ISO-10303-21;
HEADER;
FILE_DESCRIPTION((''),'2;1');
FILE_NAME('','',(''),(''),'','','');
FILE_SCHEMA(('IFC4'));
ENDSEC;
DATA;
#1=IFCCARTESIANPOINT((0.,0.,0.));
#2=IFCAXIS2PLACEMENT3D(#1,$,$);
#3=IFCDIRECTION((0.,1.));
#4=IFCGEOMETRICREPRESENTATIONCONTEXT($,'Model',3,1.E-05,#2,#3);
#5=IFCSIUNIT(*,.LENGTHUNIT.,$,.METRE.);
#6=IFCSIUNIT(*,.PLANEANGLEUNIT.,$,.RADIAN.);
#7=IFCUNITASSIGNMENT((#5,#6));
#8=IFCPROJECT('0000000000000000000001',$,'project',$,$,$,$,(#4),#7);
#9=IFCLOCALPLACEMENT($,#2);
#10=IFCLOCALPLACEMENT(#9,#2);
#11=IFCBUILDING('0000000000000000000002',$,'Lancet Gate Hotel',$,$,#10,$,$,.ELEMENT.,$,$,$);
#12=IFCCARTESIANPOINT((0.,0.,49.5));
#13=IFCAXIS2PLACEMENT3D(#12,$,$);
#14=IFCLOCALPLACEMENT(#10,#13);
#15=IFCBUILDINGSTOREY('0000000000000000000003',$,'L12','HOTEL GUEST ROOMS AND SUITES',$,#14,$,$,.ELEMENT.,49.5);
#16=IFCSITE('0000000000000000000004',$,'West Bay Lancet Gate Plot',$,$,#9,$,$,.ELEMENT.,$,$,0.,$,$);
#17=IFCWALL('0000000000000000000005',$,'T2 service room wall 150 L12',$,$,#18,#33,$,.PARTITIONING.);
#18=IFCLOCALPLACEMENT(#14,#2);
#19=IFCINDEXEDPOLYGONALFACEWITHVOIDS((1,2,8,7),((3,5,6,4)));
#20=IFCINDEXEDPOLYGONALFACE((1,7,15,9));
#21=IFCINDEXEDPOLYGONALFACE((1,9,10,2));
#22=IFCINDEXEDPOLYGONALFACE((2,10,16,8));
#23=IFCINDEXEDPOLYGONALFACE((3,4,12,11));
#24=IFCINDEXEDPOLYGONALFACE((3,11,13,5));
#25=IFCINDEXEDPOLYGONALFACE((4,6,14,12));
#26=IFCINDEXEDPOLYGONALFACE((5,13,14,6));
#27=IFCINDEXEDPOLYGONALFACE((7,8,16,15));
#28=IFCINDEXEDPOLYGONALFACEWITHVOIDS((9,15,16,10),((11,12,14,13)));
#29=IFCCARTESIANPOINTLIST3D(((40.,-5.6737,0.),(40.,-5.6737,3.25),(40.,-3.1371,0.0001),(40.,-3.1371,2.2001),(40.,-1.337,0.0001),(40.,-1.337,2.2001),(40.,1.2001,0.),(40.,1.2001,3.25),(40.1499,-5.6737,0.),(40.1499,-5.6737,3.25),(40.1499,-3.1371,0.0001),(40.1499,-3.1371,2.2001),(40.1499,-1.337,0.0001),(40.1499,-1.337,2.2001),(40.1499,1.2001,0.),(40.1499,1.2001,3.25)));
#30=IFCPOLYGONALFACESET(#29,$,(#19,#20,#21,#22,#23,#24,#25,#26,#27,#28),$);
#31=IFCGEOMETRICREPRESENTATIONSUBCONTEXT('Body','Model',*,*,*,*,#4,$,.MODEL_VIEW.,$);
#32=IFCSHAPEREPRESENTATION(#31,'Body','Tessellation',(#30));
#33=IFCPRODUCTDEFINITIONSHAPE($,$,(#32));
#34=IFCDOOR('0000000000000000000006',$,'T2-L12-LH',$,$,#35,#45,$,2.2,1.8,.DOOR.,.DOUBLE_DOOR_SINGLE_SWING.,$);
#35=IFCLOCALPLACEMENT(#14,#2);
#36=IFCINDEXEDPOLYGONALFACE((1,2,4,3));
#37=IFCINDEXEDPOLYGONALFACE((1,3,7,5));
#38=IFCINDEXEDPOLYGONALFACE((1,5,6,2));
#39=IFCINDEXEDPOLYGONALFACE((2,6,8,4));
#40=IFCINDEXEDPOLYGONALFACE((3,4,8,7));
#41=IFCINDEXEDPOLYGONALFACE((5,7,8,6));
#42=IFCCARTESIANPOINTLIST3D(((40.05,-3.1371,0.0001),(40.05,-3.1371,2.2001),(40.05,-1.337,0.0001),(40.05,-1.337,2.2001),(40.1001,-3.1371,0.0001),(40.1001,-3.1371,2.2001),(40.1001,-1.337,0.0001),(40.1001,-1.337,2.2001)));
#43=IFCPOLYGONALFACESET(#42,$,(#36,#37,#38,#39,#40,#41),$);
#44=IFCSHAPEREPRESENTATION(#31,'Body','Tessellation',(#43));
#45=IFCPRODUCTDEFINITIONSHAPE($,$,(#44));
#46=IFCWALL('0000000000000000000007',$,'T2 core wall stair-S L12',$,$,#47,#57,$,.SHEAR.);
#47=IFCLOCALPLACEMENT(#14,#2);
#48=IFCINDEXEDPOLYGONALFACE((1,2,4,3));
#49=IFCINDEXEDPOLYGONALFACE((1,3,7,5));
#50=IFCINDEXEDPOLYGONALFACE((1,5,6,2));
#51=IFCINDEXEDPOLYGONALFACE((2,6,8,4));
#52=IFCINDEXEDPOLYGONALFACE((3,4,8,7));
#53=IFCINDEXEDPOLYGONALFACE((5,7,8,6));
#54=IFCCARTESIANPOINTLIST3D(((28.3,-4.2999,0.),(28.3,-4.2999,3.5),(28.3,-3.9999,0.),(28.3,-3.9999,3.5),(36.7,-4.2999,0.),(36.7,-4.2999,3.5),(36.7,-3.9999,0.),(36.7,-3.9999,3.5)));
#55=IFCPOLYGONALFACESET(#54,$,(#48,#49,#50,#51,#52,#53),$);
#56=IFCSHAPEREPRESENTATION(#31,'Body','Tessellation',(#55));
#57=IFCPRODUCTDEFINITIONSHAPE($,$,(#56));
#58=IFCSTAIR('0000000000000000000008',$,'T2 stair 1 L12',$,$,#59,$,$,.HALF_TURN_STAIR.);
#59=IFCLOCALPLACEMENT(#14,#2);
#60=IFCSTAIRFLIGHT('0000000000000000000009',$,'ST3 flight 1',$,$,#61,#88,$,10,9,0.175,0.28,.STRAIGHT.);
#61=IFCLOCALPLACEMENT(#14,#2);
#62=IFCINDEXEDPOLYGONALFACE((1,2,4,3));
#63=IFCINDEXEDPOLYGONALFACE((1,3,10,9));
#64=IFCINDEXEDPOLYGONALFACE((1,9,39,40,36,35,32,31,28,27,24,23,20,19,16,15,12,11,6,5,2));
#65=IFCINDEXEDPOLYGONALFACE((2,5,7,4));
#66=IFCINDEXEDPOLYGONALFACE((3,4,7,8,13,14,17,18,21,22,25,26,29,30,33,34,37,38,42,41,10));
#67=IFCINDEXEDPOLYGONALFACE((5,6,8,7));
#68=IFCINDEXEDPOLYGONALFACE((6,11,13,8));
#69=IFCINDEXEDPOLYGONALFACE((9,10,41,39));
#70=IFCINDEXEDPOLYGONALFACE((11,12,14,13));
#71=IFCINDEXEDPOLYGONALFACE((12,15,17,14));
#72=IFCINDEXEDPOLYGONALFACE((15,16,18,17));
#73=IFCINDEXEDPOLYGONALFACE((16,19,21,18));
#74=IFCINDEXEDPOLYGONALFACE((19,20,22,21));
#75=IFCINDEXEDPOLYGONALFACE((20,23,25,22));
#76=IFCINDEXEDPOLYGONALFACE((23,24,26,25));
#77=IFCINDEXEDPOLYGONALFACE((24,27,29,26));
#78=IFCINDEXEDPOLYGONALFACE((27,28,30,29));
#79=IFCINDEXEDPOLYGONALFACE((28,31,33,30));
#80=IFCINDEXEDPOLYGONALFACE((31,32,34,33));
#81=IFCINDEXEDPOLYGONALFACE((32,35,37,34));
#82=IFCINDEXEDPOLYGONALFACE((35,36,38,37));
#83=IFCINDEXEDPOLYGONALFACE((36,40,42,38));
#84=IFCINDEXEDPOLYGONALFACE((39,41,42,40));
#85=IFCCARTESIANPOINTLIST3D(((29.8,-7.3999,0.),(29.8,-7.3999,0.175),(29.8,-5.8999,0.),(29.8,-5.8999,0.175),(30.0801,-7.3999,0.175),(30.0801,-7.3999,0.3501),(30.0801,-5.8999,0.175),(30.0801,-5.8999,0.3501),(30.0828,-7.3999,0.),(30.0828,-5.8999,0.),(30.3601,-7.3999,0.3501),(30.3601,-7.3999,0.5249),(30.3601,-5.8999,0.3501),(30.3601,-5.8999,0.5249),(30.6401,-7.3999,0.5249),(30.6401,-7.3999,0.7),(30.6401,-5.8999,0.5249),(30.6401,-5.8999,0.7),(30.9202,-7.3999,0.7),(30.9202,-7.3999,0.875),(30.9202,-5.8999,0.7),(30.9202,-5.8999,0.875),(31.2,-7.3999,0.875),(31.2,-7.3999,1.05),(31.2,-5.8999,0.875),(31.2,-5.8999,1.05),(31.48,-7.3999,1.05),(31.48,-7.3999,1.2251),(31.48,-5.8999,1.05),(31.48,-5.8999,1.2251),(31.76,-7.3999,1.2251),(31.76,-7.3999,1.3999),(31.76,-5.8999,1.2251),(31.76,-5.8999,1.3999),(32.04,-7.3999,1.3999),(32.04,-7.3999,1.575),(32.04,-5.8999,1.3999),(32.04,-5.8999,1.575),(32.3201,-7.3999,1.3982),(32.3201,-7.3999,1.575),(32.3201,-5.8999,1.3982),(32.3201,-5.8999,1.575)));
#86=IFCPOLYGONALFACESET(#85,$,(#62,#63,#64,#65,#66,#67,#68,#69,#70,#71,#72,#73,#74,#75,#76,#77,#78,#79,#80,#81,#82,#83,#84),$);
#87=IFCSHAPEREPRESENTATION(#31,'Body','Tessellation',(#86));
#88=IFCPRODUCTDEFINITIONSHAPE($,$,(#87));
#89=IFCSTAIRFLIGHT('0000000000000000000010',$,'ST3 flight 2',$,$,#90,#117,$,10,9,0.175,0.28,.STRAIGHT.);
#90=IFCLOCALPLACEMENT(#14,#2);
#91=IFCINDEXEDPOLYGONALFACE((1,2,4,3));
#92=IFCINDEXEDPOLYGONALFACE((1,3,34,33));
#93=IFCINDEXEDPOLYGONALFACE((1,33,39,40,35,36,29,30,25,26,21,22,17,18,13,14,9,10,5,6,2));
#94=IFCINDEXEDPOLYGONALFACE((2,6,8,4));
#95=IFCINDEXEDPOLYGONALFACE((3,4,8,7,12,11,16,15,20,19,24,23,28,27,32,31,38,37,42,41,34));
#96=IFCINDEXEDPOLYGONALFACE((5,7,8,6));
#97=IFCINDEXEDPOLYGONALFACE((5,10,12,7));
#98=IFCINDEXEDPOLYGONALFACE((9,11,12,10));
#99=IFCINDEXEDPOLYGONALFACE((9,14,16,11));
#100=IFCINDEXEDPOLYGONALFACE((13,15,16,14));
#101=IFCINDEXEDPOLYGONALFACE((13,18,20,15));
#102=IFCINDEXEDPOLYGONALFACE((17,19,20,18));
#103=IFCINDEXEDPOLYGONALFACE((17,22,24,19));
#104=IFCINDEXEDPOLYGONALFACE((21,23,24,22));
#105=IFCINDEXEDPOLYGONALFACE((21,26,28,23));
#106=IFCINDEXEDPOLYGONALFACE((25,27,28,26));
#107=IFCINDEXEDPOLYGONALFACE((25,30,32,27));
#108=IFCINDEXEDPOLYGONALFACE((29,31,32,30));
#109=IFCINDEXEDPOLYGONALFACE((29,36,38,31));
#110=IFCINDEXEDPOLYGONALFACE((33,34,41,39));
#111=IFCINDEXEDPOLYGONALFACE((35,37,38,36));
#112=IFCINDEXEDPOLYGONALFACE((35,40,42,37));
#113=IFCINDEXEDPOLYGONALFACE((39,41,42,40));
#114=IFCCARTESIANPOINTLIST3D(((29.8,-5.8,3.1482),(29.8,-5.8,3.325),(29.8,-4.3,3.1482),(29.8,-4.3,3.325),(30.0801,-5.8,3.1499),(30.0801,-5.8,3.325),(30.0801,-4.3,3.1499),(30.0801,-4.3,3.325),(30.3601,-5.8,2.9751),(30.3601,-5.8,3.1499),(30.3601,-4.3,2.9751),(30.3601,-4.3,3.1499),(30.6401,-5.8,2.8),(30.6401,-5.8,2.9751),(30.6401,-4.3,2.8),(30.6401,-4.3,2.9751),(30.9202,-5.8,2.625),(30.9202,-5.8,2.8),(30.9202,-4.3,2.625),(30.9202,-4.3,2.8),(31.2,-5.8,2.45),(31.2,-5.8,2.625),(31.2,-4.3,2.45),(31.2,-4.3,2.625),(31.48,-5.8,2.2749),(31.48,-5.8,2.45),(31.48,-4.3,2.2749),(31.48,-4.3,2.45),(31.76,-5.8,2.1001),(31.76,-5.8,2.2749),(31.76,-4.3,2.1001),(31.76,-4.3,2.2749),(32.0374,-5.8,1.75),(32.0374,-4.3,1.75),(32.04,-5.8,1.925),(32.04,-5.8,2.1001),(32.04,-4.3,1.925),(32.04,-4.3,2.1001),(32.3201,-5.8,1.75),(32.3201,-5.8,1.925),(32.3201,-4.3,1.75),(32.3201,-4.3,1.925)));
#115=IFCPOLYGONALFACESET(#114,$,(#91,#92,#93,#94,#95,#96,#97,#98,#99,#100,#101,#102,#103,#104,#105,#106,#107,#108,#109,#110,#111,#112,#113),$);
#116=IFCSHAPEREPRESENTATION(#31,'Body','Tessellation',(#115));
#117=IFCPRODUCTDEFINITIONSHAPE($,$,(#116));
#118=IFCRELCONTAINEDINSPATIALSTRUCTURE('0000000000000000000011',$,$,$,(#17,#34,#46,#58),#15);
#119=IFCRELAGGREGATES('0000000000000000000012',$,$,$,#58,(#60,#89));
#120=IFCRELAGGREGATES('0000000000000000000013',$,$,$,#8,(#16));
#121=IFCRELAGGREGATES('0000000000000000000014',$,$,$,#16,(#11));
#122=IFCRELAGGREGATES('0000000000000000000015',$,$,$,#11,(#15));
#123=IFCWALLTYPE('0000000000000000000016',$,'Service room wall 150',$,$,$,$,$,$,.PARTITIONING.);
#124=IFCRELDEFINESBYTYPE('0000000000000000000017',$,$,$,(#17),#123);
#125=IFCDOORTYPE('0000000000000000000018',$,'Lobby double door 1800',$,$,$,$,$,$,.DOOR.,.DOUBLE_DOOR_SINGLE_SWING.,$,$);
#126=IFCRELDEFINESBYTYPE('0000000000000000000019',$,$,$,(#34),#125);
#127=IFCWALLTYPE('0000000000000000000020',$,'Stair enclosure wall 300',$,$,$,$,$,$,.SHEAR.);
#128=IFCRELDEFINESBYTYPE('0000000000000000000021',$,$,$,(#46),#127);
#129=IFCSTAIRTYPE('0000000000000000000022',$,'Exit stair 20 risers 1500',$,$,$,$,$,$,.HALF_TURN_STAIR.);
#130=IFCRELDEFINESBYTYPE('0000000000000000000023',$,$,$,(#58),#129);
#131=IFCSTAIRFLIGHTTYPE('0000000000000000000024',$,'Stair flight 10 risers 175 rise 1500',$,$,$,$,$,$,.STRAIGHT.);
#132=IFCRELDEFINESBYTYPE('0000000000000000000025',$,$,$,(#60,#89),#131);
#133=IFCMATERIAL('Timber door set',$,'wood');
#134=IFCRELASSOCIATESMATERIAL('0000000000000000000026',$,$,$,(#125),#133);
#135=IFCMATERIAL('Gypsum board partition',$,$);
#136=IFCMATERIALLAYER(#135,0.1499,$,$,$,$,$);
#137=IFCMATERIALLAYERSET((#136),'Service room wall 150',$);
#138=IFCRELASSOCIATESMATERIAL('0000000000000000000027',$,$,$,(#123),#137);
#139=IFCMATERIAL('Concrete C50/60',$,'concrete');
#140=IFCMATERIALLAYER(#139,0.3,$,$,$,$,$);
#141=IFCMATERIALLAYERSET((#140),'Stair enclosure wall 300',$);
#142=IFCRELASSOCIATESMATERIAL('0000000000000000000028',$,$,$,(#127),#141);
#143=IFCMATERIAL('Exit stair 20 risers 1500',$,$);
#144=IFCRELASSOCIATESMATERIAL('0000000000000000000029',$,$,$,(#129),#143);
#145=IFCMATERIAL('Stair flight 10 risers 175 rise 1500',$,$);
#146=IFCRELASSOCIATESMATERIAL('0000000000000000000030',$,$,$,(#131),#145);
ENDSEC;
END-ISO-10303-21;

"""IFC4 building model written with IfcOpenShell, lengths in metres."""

from ifc_helpers import new_model, si_unit, direction, frame, frame_2d, origin, place, context, subcontext, project, spatial, polyline, rectangle, outline, extrude, material, layer, layer_set, type_object, element, fill, aggregate, save


model = new_model("IFC4")

# Units and contexts
model_context = context("Model", 3, precision=1e-05, world=origin(), true_north=direction((0.0, 1.0)))
body_context = subcontext(model_context, "Body", "Model", "MODEL_VIEW")
ifc_project = project(units=[si_unit("LENGTHUNIT", "METRE"), si_unit("PLANEANGLEUNIT", "RADIAN")], contexts=[model_context])

# Site, building, storey
site_placement = place(None, origin())
site = spatial("IfcSite", under=ifc_project, at=site_placement, Name="West Bay Lancet Gate Plot", CompositionType="ELEMENT", RefElevation=0.0)
building_placement = place(site_placement, origin())
building = spatial("IfcBuilding", under=site, at=building_placement, Name="Lancet Gate Hotel", CompositionType="ELEMENT")
storey_placement = place(building_placement, frame((0.0, 0.0, 49.5)))
storey = spatial("IfcBuildingStorey", under=building, at=storey_placement, Name="L12", Description="HOTEL GUEST ROOMS AND SUITES", CompositionType="ELEMENT", Elevation=49.5)

# Shared definitions
ifc_material_1 = material(Name="Timber door set", Category="wood")
door_type_1 = type_object("IfcDoorType", Name="Lobby double door 1800", OperationType="DOUBLE_DOOR_SINGLE_SWING", PredefinedType="DOOR", material=ifc_material_1)

# Wall, opening, door
ifc_material_2 = material(Name="Gypsum board partition")
ifc_layer_1 = layer(ifc_material_2, 0.1499)
ifc_layer_set_1 = layer_set([ifc_layer_1], Name="Service room wall 150")
wall_type_1 = type_object("IfcWallType", Name="Service room wall 150", PredefinedType="PARTITIONING", material=ifc_layer_set_1)
wall_1_placement = place(storey_placement, frame((40.075, -5.6738, 0.0), z_axis=(0.0, 0.0, 1.0), x_axis=(0.0, 1.0, 0.0)))
wall_1 = element("IfcWall", 1, at=wall_1_placement, inside=storey, type_object=wall_type_1, Name="T2 service room wall 150 L12", PredefinedType="PARTITIONING", context=body_context, shape_type="SweptSolid", body=[
    extrude(rectangle(XDim=6.8738, YDim=0.1499, at=frame_2d((3.437, 0.0))), origin(), (0.0, 0.0, 1.0), 3.25),
])
opening_1_placement = place(wall_1_placement, frame((2.5369, 0.0, 0.0)))
opening_1 = element("IfcOpeningElement", 2, at=opening_1_placement, cuts=wall_1, PredefinedType="OPENING", context=body_context, shape_type="SweptSolid", body=[
    extrude(rectangle(XDim=1.8, YDim=2.2, at=frame_2d((0.8999, 1.1001))), frame((0.0, 0.085, 0.0), z_axis=(0.0, -1.0, 0.0), x_axis=(1.0, 0.0, 0.0)), (0.0, 0.0, 1.0), 0.1699),
])
door_1_placement = place(opening_1_placement, origin())
door_1 = element("IfcDoor", 3, at=door_1_placement, inside=storey, type_object=door_type_1, Name="T2-L12-LH", OperationType="DOUBLE_DOOR_SINGLE_SWING", OverallHeight=2.2, OverallWidth=1.8, PredefinedType="DOOR", context=body_context, shape_type="SweptSolid", body=[
    extrude(rectangle(XDim=1.8, YDim=2.2, at=frame_2d((0.8999, 1.1001))), frame((0.0, 0.0249, 0.0), z_axis=(0.0, -1.0, 0.0), x_axis=(1.0, 0.0, 0.0)), (0.0, 0.0, 1.0), 0.05),
])
fill(opening_1, door_1)

# Wall
ifc_material_3 = material(Name="Concrete C50/60", Category="concrete")
ifc_layer_2 = layer(ifc_material_3, 0.3)
ifc_layer_set_2 = layer_set([ifc_layer_2], Name="Stair enclosure wall 300")
wall_type_2 = type_object("IfcWallType", Name="Stair enclosure wall 300", PredefinedType="SHEAR", material=ifc_layer_set_2)
wall_2_placement = place(storey_placement, frame((28.3, -4.1499, 0.0), z_axis=(0.0, 0.0, 1.0), x_axis=(1.0, 0.0, 0.0)))
element("IfcWall", 4, at=wall_2_placement, inside=storey, type_object=wall_type_2, Name="T2 core wall stair-S L12", PredefinedType="SHEAR", context=body_context, shape_type="SweptSolid", body=[
    extrude(rectangle(XDim=8.3999, YDim=0.3, at=frame_2d((4.2, 0.0))), origin(), (0.0, 0.0, 1.0), 3.5),
])

# Stair, stair flights
ifc_material_4 = material(Name="Exit stair 20 risers 1500")
stair_type = type_object("IfcStairType", Name="Exit stair 20 risers 1500", PredefinedType="HALF_TURN_STAIR", material=ifc_material_4)
stair_placement = place(storey_placement, origin())
stair = element("IfcStair", 5, at=stair_placement, inside=storey, type_object=stair_type, Name="T2 stair 1 L12", PredefinedType="HALF_TURN_STAIR")
ifc_material_5 = material(Name="Stair flight 10 risers 175 rise 1500")
stair_flight_type = type_object("IfcStairFlightType", Name="Stair flight 10 risers 175 rise 1500", PredefinedType="STRAIGHT", material=ifc_material_5)
stair_flight_1_placement = place(storey_placement, frame((29.8, -6.6499, 0.0), z_axis=(0.0, 0.0, 1.0), x_axis=(1.0, 0.0, 0.0)))
stair_flight_1 = element("IfcStairFlight", 6, at=stair_flight_1_placement, type_object=stair_flight_type, Name="ST3 flight 1", NumberOfRisers=10, NumberOfTreads=9, PredefinedType="STRAIGHT", RiserHeight=0.175, TreadLength=0.28, context=body_context, shape_type="SweptSolid", body=[
    extrude(outline(polyline([(0.0, 0.0), (0.0, 0.175), (0.28, 0.175), (0.28, 0.3501), (0.5601, 0.3501), (0.5601, 0.5249), (0.8401, 0.5249), (0.8401, 0.7), (1.1201, 0.7), (1.1201, 0.875), (1.3999, 0.875), (1.3999, 1.05), (1.6799, 1.05), (1.6799, 1.2251), (1.96, 1.2251), (1.96, 1.3999), (2.24, 1.3999), (2.24, 1.575), (2.52, 1.575), (2.52, 1.75), (2.52, 1.3982), (0.2827, 0.0), (0.0, 0.0)])), frame((0.0, 0.75, 0.0), z_axis=(0.0, -1.0, 0.0), x_axis=(1.0, 0.0, 0.0)), (0.0, 0.0, 1.0), 1.5),
])
stair_flight_2_placement = place(storey_placement, frame((32.3201, -5.05, 1.75), z_axis=(0.0, 0.0, 1.0), x_axis=(-1.0, 0.0, 0.0)))
stair_flight_2 = element("IfcStairFlight", 7, at=stair_flight_2_placement, type_object=stair_flight_type, Name="ST3 flight 2", NumberOfRisers=10, NumberOfTreads=9, PredefinedType="STRAIGHT", RiserHeight=0.175, TreadLength=0.28, context=body_context, shape_type="SweptSolid", body=[
    extrude(outline(polyline([(0.0, 0.0), (0.0, 0.175), (0.28, 0.175), (0.28, 0.3501), (0.5601, 0.3501), (0.5601, 0.5249), (0.8401, 0.5249), (0.8401, 0.7), (1.1201, 0.7), (1.1201, 0.875), (1.3999, 0.875), (1.3999, 1.05), (1.6799, 1.05), (1.6799, 1.2251), (1.96, 1.2251), (1.96, 1.3999), (2.24, 1.3999), (2.24, 1.575), (2.52, 1.575), (2.52, 1.75), (2.52, 1.3982), (0.2827, 0.0), (0.0, 0.0)])), frame((0.0, 0.75, 0.0), z_axis=(0.0, -1.0, 0.0), x_axis=(1.0, 0.0, 0.0)), (0.0, 0.0, 1.0), 1.5),
])
aggregate(stair, [stair_flight_1, stair_flight_2])

save(model, "model.ifc")
